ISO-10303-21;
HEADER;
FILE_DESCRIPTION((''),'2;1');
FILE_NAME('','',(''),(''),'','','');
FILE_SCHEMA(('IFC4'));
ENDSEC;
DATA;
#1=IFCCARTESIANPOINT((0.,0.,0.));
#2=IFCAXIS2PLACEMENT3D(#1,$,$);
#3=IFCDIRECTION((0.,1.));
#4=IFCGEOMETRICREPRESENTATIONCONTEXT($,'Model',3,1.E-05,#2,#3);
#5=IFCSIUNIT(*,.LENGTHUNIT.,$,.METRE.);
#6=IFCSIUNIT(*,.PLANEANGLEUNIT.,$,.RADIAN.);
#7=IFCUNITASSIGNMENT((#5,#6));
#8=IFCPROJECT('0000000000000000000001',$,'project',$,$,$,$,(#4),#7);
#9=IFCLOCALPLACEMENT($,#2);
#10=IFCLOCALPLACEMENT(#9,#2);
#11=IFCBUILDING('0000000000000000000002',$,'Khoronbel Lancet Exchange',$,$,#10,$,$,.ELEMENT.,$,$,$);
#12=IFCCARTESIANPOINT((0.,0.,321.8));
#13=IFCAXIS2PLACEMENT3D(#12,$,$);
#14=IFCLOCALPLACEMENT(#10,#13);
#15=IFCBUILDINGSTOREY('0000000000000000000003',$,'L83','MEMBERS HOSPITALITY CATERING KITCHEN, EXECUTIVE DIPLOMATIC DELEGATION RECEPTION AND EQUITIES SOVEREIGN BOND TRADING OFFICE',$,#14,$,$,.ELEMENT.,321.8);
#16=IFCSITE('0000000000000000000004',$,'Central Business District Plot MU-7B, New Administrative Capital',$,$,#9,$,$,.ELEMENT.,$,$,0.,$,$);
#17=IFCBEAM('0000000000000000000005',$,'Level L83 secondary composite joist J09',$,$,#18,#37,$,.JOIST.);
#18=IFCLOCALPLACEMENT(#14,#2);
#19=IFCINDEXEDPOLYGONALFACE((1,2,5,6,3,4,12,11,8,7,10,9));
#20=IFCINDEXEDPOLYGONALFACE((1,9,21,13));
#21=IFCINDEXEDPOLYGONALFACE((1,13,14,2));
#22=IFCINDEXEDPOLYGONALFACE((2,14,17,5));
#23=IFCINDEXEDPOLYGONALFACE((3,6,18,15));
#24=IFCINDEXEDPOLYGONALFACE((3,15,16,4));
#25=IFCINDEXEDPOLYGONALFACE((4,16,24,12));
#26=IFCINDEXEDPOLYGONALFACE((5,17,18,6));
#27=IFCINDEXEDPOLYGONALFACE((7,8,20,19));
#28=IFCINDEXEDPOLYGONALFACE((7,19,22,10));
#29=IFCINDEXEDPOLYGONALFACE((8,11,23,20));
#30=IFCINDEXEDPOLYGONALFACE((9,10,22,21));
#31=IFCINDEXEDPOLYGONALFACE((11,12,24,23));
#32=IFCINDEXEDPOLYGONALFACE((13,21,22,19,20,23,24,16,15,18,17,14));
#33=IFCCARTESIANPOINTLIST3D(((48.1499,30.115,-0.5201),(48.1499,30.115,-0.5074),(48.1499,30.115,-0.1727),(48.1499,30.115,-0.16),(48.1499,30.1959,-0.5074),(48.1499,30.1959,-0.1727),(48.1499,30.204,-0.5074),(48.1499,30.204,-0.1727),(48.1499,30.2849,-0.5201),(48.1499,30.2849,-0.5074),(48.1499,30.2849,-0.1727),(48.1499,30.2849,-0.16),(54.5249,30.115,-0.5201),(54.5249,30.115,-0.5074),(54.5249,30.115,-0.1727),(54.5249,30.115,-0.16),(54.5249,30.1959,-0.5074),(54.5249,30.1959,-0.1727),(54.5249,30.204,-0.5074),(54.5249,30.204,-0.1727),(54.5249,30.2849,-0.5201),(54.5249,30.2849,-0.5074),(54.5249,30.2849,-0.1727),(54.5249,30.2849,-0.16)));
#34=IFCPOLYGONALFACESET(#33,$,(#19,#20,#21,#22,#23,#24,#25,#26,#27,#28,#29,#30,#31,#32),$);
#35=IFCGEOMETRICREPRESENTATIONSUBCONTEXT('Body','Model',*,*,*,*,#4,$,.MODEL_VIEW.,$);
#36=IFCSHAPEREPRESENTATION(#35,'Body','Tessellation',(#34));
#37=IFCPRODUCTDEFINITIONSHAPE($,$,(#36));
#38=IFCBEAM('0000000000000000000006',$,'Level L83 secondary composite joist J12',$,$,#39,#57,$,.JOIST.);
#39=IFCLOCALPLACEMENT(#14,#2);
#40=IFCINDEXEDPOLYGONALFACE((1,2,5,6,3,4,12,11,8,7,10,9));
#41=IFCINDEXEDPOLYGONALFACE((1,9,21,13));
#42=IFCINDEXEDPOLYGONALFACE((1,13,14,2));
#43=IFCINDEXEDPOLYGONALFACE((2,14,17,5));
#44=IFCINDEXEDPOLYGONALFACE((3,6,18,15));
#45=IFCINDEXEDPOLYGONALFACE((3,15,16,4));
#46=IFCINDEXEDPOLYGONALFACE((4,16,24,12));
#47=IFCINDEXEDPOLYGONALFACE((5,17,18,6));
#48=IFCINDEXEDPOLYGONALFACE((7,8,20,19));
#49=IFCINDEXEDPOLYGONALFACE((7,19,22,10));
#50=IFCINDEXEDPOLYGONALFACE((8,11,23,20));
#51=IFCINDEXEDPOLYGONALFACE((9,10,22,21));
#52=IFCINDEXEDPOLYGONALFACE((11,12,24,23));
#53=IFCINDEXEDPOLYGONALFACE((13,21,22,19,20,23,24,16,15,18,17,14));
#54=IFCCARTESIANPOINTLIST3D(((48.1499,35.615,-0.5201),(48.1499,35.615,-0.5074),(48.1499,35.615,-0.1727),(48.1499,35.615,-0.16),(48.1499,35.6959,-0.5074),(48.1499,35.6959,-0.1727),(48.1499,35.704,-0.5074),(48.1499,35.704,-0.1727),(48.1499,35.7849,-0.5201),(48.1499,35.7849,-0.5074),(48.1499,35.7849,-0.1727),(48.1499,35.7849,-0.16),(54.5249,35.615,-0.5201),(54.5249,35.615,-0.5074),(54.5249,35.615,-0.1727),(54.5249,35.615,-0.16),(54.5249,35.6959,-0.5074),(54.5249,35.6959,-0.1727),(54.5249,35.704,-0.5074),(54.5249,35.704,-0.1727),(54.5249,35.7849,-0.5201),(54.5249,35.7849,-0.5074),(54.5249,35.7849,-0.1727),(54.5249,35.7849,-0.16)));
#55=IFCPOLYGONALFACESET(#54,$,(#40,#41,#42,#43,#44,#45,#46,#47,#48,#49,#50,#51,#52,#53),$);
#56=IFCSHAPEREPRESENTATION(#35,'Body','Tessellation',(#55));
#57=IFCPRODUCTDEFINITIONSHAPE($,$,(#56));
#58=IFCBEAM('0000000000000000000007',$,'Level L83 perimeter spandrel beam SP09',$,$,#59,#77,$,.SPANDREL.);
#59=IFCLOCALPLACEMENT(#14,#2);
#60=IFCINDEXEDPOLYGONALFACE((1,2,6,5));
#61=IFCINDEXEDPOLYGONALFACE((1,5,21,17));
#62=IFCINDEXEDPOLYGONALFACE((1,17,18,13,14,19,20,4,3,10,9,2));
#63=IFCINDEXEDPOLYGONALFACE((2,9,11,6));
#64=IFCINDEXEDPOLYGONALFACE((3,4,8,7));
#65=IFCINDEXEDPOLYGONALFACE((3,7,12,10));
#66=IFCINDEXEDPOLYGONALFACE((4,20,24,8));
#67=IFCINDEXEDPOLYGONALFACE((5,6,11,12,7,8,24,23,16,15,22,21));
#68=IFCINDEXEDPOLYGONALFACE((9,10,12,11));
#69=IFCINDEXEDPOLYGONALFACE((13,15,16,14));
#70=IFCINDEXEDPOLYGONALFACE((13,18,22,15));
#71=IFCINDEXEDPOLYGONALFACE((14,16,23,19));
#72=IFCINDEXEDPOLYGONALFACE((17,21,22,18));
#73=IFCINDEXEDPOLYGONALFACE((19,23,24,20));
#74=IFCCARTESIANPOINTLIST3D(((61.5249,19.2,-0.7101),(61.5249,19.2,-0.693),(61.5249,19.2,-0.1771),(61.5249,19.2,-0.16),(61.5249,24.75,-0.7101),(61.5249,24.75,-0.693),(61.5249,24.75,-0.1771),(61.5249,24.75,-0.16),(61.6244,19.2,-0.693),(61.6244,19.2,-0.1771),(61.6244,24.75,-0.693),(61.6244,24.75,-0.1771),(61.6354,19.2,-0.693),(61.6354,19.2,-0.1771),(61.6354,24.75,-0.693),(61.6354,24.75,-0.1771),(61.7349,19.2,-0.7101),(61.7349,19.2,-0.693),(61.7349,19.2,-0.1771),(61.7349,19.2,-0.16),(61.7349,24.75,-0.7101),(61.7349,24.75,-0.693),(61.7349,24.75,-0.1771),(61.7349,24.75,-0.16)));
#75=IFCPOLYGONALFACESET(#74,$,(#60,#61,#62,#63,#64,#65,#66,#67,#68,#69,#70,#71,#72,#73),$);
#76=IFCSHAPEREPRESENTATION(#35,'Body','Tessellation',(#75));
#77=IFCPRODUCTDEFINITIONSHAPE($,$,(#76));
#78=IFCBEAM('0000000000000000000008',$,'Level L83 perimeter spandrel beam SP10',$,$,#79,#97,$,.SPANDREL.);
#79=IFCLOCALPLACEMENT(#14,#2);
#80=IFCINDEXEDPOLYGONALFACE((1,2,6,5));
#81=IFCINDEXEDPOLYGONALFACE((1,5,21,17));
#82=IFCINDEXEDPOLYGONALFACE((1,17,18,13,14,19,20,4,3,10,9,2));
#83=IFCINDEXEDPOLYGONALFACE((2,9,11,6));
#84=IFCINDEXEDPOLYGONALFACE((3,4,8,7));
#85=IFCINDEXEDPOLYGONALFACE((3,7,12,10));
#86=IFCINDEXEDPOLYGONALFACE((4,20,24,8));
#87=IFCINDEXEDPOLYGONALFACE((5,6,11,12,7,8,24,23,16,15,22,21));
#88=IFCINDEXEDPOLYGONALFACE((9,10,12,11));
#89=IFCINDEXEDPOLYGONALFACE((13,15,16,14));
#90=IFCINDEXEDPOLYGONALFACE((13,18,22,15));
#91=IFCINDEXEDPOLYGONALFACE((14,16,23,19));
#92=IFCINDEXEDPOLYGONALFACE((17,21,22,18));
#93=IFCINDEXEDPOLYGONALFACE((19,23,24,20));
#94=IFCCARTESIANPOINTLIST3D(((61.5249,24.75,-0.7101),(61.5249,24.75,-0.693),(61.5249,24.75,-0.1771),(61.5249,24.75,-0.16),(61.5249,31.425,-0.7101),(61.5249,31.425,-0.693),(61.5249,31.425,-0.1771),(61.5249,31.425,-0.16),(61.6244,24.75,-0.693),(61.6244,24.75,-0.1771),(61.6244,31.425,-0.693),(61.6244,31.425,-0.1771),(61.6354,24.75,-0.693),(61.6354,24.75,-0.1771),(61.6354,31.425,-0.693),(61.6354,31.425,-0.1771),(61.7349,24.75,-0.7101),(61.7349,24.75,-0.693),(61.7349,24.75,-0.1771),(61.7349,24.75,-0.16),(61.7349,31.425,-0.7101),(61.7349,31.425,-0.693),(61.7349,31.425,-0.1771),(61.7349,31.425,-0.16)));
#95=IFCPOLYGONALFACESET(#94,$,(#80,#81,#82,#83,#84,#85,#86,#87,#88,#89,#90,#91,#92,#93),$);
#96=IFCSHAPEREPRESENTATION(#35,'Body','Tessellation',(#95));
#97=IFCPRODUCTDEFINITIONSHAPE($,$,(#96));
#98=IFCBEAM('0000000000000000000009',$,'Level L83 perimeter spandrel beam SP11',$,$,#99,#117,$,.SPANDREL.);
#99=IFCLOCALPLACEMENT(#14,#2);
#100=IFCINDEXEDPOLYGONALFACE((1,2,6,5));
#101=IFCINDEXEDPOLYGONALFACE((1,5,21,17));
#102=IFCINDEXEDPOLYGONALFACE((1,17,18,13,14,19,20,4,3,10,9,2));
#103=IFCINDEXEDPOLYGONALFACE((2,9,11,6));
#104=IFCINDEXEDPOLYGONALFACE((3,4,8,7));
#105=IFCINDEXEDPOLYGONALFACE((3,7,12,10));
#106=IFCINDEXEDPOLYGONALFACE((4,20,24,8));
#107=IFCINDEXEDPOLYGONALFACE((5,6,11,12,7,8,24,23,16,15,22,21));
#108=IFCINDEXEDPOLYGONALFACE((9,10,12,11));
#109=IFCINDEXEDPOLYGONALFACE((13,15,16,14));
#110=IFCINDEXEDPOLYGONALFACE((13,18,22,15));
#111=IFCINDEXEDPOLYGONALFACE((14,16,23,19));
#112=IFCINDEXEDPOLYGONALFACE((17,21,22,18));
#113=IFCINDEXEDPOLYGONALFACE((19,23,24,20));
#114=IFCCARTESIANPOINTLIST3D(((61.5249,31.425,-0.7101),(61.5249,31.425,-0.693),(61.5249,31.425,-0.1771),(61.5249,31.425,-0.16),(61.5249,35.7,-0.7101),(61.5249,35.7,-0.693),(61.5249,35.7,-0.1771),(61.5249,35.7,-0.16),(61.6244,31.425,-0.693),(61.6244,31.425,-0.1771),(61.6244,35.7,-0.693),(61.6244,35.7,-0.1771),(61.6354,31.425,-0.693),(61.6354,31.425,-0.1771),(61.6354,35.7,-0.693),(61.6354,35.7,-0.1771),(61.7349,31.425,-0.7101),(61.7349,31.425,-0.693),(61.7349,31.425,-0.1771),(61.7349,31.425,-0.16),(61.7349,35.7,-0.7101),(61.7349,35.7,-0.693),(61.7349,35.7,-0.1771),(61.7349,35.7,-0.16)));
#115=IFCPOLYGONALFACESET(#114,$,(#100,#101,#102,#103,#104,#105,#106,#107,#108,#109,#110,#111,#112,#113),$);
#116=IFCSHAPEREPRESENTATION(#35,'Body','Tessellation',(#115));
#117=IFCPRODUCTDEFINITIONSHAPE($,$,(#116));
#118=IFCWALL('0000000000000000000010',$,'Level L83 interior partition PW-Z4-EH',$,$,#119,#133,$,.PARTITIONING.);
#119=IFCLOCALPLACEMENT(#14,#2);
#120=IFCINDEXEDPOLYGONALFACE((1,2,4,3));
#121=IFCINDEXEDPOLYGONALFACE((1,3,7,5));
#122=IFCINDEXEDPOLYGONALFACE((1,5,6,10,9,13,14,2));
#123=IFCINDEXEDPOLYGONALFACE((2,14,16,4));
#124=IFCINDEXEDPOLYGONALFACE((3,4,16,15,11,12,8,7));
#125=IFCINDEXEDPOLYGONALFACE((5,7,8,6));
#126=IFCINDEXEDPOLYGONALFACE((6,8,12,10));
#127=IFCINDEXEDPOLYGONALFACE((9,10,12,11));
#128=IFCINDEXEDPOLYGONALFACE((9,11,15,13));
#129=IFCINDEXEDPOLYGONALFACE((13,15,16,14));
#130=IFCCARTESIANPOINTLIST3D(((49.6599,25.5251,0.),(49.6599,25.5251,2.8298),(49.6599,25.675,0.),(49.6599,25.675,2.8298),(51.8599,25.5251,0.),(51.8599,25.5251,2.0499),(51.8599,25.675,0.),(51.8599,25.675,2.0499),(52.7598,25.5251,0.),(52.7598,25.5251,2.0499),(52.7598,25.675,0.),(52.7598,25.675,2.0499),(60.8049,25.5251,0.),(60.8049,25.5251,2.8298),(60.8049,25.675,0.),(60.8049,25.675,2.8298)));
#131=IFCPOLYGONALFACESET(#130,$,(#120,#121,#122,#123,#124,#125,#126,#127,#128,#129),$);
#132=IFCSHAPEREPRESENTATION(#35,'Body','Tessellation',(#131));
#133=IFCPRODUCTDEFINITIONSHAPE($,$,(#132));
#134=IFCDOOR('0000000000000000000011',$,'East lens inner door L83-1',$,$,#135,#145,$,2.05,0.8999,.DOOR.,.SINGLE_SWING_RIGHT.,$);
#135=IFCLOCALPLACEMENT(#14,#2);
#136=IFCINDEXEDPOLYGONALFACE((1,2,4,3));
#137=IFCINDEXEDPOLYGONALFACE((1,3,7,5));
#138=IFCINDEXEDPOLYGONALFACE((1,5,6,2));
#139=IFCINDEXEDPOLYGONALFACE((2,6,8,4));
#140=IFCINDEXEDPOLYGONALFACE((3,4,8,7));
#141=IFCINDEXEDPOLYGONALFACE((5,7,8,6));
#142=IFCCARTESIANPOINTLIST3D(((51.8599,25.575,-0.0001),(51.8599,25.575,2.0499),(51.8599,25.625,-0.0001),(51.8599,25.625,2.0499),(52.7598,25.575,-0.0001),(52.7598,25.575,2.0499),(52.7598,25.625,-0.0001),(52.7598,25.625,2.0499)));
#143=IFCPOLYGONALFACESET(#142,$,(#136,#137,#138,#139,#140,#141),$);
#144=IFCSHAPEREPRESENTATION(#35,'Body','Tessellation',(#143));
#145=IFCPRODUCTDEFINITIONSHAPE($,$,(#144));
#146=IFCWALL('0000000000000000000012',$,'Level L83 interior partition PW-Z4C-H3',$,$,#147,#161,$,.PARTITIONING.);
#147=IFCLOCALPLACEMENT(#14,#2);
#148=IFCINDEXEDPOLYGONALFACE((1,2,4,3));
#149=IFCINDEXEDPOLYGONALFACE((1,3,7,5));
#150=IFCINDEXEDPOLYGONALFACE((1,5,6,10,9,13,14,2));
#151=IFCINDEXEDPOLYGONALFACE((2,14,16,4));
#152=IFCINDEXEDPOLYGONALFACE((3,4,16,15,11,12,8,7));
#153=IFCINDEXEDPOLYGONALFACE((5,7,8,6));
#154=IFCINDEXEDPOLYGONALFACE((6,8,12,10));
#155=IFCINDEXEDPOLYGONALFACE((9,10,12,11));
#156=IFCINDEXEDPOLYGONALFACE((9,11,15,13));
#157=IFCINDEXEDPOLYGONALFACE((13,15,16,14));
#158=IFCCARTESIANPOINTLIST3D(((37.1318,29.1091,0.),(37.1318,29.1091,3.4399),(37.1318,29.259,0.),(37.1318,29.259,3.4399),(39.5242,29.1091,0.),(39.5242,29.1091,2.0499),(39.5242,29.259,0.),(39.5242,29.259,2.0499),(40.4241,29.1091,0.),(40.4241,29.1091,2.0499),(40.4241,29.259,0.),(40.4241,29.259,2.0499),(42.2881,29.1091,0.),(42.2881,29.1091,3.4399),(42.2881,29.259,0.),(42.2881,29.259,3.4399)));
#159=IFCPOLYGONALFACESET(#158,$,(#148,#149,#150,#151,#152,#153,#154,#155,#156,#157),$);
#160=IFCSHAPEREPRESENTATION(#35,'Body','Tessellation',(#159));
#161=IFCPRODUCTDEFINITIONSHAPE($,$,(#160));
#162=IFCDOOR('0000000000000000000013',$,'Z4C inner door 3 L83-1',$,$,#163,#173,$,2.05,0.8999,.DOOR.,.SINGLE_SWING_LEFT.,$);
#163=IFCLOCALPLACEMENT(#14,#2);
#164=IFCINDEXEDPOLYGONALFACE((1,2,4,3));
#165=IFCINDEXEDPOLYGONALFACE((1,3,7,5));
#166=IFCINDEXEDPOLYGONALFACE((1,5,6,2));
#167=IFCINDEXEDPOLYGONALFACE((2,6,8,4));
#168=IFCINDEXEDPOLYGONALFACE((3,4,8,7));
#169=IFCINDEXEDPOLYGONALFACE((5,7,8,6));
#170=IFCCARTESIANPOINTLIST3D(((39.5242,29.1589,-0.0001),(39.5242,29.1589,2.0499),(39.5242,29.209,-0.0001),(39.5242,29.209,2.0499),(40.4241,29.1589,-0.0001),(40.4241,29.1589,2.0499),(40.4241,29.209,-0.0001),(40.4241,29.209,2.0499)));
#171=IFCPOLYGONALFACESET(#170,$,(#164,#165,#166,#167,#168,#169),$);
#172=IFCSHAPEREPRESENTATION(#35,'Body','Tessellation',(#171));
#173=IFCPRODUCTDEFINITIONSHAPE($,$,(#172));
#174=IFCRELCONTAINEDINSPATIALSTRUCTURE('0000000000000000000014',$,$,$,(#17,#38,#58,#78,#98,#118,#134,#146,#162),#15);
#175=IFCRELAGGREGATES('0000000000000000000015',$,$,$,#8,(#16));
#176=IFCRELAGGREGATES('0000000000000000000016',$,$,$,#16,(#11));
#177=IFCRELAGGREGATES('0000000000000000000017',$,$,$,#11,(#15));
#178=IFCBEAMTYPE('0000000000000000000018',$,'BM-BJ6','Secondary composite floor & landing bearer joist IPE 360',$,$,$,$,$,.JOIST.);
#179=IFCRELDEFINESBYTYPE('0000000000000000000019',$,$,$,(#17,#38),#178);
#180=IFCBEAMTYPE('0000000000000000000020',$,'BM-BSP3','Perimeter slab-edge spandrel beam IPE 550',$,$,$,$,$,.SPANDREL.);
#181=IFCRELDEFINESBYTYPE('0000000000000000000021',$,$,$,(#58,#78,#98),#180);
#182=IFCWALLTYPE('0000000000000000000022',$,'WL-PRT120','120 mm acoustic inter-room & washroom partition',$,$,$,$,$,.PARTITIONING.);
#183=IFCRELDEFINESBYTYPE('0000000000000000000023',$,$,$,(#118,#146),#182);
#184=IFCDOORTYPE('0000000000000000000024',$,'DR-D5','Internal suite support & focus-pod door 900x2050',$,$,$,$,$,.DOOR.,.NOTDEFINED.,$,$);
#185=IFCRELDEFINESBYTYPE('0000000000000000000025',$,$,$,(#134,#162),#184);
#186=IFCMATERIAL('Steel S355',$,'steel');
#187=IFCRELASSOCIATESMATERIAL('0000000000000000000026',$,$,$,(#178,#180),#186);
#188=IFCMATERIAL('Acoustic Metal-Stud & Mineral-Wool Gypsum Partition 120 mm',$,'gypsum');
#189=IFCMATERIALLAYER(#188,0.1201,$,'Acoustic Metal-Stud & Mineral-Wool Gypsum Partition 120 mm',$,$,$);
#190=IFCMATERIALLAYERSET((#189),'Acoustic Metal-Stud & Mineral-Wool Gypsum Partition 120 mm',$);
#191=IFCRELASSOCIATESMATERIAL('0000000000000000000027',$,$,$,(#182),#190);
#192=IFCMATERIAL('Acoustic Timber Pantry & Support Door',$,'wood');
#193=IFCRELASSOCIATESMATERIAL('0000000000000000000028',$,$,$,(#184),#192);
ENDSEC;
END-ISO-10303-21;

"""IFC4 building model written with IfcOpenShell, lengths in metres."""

from ifc_helpers import new_model, si_unit, direction, frame, frame_2d, origin, origin_2d, place, context, subcontext, project, spatial, rectangle, i_section, extrude, material, layer, layer_set, material_profile, profile_set, type_object, element, fill, save


model = new_model("IFC4")

# Units and contexts
model_context = context("Model", 3, precision=1e-05, world=origin(), true_north=direction((0.0, 1.0)))
body_context = subcontext(model_context, "Body", "Model", "MODEL_VIEW")
ifc_project = project(units=[si_unit("LENGTHUNIT", "METRE"), si_unit("PLANEANGLEUNIT", "RADIAN")], contexts=[model_context])

# Site, building, storey
site_placement = place(None, origin())
site = spatial("IfcSite", under=ifc_project, at=site_placement, Name="Central Business District Plot MU-7B, New Administrative Capital", CompositionType="ELEMENT", RefElevation=0.0)
building_placement = place(site_placement, origin())
building = spatial("IfcBuilding", under=site, at=building_placement, Name="Khoronbel Lancet Exchange", CompositionType="ELEMENT")
storey_placement = place(building_placement, frame((0.0, 0.0, 321.8)))
storey = spatial("IfcBuildingStorey", under=building, at=storey_placement, Name="L83", Description="MEMBERS HOSPITALITY CATERING KITCHEN, EXECUTIVE DIPLOMATIC DELEGATION RECEPTION AND EQUITIES SOVEREIGN BOND TRADING OFFICE", CompositionType="ELEMENT", Elevation=321.8)

# Shared definitions
ifc_material_1 = material(Name="Steel S355", Category="steel")

# Beams
ifc_material_profile_1 = material_profile(ifc_material_1, i_section(OverallWidth=0.1699, OverallDepth=0.3601, WebThickness=0.0081, FlangeThickness=0.0127, at=origin_2d()), Name="IPE 360")
ifc_profile_set_1 = profile_set([ifc_material_profile_1], Name="Steel S355")
beam_type_1 = type_object("IfcBeamType", Name="BM-BJ6", Description="Secondary composite floor & landing bearer joist IPE 360", PredefinedType="JOIST", material=ifc_profile_set_1)
for number, where, z_axis, x_axis, name in (
    (1, (48.1499, 30.2, -0.3401), (1.0, 0.0, 0.0), (0.0, 1.0, 0.0), "Level L83 secondary composite joist J09"),
    (2, (48.1499, 35.7, -0.3401), (1.0, 0.0, 0.0), (0.0, 1.0, 0.0), "Level L83 secondary composite joist J12"),
):
    element("IfcBeam", number, at=place(storey_placement, frame(where, z_axis=z_axis, x_axis=x_axis)), inside=storey, type_object=beam_type_1, Name=name, PredefinedType="JOIST", context=body_context, shape_type="SweptSolid", body=[
        extrude(i_section(OverallWidth=0.1699, OverallDepth=0.3601, WebThickness=0.0081, FlangeThickness=0.0127, at=origin_2d()), origin(), (0.0, 0.0, 1.0), 6.375),
    ])
ifc_material_profile_2 = material_profile(ifc_material_1, i_section(OverallWidth=0.21, OverallDepth=0.55, WebThickness=0.011, FlangeThickness=0.0171, at=origin_2d()), Name="IPE 550")
ifc_profile_set_2 = profile_set([ifc_material_profile_2], Name="Steel S355")
beam_type_2 = type_object("IfcBeamType", Name="BM-BSP3", Description="Perimeter slab-edge spandrel beam IPE 550", PredefinedType="SPANDREL", material=ifc_profile_set_2)
beam_1_placement = place(storey_placement, frame((61.6299, 19.2, -0.4351), z_axis=(0.0, 1.0, 0.0), x_axis=(-1.0, 0.0, 0.0)))
element("IfcBeam", 3, at=beam_1_placement, inside=storey, type_object=beam_type_2, Name="Level L83 perimeter spandrel beam SP09", PredefinedType="SPANDREL", context=body_context, shape_type="SweptSolid", body=[
    extrude(i_section(OverallWidth=0.21, OverallDepth=0.55, WebThickness=0.011, FlangeThickness=0.0171, at=origin_2d()), origin(), (0.0, 0.0, 1.0), 5.55),
])
beam_2_placement = place(storey_placement, frame((61.6299, 24.75, -0.4351), z_axis=(0.0, 1.0, 0.0), x_axis=(-1.0, 0.0, 0.0)))
element("IfcBeam", 4, at=beam_2_placement, inside=storey, type_object=beam_type_2, Name="Level L83 perimeter spandrel beam SP10", PredefinedType="SPANDREL", context=body_context, shape_type="SweptSolid", body=[
    extrude(i_section(OverallWidth=0.21, OverallDepth=0.55, WebThickness=0.011, FlangeThickness=0.0171, at=origin_2d()), origin(), (0.0, 0.0, 1.0), 6.675),
])
beam_3_placement = place(storey_placement, frame((61.6299, 31.425, -0.4351), z_axis=(0.0, 1.0, 0.0), x_axis=(-1.0, 0.0, 0.0)))
element("IfcBeam", 5, at=beam_3_placement, inside=storey, type_object=beam_type_2, Name="Level L83 perimeter spandrel beam SP11", PredefinedType="SPANDREL", context=body_context, shape_type="SweptSolid", body=[
    extrude(i_section(OverallWidth=0.21, OverallDepth=0.55, WebThickness=0.011, FlangeThickness=0.0171, at=origin_2d()), origin(), (0.0, 0.0, 1.0), 4.2749),
])

# Walls, openings, doors
ifc_material_2 = material(Name="Acoustic Metal-Stud & Mineral-Wool Gypsum Partition 120 mm", Category="gypsum")
ifc_layer_1 = layer(ifc_material_2, 0.1201, Name="Acoustic Metal-Stud & Mineral-Wool Gypsum Partition 120 mm")
ifc_layer_set_1 = layer_set([ifc_layer_1], Name="Acoustic Metal-Stud & Mineral-Wool Gypsum Partition 120 mm")
wall_type_1 = type_object("IfcWallType", Name="WL-PRT120", Description="120 mm acoustic inter-room & washroom partition", PredefinedType="PARTITIONING", material=ifc_layer_set_1)
wall_1_placement = place(storey_placement, frame((49.6599, 25.6001, 0.0), z_axis=(0.0, 0.0, 1.0), x_axis=(1.0, 0.0, 0.0)))
wall_1 = element("IfcWall", 6, at=wall_1_placement, inside=storey, type_object=wall_type_1, Name="Level L83 interior partition PW-Z4-EH", PredefinedType="PARTITIONING", context=body_context, shape_type="SweptSolid", body=[
    extrude(rectangle(XDim=11.145, YDim=0.1499, at=frame_2d((5.5725, 0.0))), origin(), (0.0, 0.0, 1.0), 2.8298),
])
opening_1_placement = place(wall_1_placement, frame((2.2, 0.0, 0.0)))
opening_1 = element("IfcOpeningElement", 7, at=opening_1_placement, cuts=wall_1, PredefinedType="OPENING", context=body_context, shape_type="SweptSolid", body=[
    extrude(rectangle(XDim=0.8999, YDim=2.05, at=frame_2d((0.45, 1.0249))), frame((0.0, 0.085, 0.0), z_axis=(0.0, -1.0, 0.0), x_axis=(1.0, 0.0, 0.0)), (0.0, 0.0, 1.0), 0.1699),
])
ifc_material_3 = material(Name="Acoustic Timber Pantry & Support Door", Category="wood")
door_type_1 = type_object("IfcDoorType", Name="DR-D5", Description="Internal suite support & focus-pod door 900x2050", OperationType="NOTDEFINED", PredefinedType="DOOR", material=ifc_material_3)
door_1_placement = place(opening_1_placement, origin())
door_1 = element("IfcDoor", 8, at=door_1_placement, inside=storey, type_object=door_type_1, Name="East lens inner door L83-1", OperationType="SINGLE_SWING_RIGHT", OverallHeight=2.05, OverallWidth=0.8999, PredefinedType="DOOR", context=body_context, shape_type="SweptSolid", body=[
    extrude(rectangle(XDim=0.8999, YDim=2.05, at=frame_2d((0.45, 1.0249))), frame((0.0, 0.0249, 0.0), z_axis=(0.0, -1.0, 0.0), x_axis=(1.0, 0.0, 0.0)), (0.0, 0.0, 1.0), 0.05),
])
fill(opening_1, door_1)
wall_2_placement = place(storey_placement, frame((37.1318, 29.1841, 0.0), z_axis=(0.0, 0.0, 1.0), x_axis=(1.0, 0.0, 0.0)))
wall_2 = element("IfcWall", 9, at=wall_2_placement, inside=storey, type_object=wall_type_1, Name="Level L83 interior partition PW-Z4C-H3", PredefinedType="PARTITIONING", context=body_context, shape_type="SweptSolid", body=[
    extrude(rectangle(XDim=5.1562, YDim=0.1499, at=frame_2d((2.5781, 0.0))), origin(), (0.0, 0.0, 1.0), 3.4399),
])
opening_2_placement = place(wall_2_placement, frame((2.3923, 0.0, 0.0)))
opening_2 = element("IfcOpeningElement", 10, at=opening_2_placement, cuts=wall_2, PredefinedType="OPENING", context=body_context, shape_type="SweptSolid", body=[
    extrude(rectangle(XDim=0.8999, YDim=2.05, at=frame_2d((0.45, 1.0249))), frame((0.0, 0.085, 0.0), z_axis=(0.0, -1.0, 0.0), x_axis=(1.0, 0.0, 0.0)), (0.0, 0.0, 1.0), 0.1699),
])
door_2_placement = place(opening_2_placement, origin())
door_2 = element("IfcDoor", 11, at=door_2_placement, inside=storey, type_object=door_type_1, Name="Z4C inner door 3 L83-1", OperationType="SINGLE_SWING_LEFT", OverallHeight=2.05, OverallWidth=0.8999, PredefinedType="DOOR", context=body_context, shape_type="SweptSolid", body=[
    extrude(rectangle(XDim=0.8999, YDim=2.05, at=frame_2d((0.45, 1.0249))), frame((0.0, 0.0249, 0.0), z_axis=(0.0, -1.0, 0.0), x_axis=(1.0, 0.0, 0.0)), (0.0, 0.0, 1.0), 0.05),
])
fill(opening_2, door_2)

save(model, "model.ifc")
